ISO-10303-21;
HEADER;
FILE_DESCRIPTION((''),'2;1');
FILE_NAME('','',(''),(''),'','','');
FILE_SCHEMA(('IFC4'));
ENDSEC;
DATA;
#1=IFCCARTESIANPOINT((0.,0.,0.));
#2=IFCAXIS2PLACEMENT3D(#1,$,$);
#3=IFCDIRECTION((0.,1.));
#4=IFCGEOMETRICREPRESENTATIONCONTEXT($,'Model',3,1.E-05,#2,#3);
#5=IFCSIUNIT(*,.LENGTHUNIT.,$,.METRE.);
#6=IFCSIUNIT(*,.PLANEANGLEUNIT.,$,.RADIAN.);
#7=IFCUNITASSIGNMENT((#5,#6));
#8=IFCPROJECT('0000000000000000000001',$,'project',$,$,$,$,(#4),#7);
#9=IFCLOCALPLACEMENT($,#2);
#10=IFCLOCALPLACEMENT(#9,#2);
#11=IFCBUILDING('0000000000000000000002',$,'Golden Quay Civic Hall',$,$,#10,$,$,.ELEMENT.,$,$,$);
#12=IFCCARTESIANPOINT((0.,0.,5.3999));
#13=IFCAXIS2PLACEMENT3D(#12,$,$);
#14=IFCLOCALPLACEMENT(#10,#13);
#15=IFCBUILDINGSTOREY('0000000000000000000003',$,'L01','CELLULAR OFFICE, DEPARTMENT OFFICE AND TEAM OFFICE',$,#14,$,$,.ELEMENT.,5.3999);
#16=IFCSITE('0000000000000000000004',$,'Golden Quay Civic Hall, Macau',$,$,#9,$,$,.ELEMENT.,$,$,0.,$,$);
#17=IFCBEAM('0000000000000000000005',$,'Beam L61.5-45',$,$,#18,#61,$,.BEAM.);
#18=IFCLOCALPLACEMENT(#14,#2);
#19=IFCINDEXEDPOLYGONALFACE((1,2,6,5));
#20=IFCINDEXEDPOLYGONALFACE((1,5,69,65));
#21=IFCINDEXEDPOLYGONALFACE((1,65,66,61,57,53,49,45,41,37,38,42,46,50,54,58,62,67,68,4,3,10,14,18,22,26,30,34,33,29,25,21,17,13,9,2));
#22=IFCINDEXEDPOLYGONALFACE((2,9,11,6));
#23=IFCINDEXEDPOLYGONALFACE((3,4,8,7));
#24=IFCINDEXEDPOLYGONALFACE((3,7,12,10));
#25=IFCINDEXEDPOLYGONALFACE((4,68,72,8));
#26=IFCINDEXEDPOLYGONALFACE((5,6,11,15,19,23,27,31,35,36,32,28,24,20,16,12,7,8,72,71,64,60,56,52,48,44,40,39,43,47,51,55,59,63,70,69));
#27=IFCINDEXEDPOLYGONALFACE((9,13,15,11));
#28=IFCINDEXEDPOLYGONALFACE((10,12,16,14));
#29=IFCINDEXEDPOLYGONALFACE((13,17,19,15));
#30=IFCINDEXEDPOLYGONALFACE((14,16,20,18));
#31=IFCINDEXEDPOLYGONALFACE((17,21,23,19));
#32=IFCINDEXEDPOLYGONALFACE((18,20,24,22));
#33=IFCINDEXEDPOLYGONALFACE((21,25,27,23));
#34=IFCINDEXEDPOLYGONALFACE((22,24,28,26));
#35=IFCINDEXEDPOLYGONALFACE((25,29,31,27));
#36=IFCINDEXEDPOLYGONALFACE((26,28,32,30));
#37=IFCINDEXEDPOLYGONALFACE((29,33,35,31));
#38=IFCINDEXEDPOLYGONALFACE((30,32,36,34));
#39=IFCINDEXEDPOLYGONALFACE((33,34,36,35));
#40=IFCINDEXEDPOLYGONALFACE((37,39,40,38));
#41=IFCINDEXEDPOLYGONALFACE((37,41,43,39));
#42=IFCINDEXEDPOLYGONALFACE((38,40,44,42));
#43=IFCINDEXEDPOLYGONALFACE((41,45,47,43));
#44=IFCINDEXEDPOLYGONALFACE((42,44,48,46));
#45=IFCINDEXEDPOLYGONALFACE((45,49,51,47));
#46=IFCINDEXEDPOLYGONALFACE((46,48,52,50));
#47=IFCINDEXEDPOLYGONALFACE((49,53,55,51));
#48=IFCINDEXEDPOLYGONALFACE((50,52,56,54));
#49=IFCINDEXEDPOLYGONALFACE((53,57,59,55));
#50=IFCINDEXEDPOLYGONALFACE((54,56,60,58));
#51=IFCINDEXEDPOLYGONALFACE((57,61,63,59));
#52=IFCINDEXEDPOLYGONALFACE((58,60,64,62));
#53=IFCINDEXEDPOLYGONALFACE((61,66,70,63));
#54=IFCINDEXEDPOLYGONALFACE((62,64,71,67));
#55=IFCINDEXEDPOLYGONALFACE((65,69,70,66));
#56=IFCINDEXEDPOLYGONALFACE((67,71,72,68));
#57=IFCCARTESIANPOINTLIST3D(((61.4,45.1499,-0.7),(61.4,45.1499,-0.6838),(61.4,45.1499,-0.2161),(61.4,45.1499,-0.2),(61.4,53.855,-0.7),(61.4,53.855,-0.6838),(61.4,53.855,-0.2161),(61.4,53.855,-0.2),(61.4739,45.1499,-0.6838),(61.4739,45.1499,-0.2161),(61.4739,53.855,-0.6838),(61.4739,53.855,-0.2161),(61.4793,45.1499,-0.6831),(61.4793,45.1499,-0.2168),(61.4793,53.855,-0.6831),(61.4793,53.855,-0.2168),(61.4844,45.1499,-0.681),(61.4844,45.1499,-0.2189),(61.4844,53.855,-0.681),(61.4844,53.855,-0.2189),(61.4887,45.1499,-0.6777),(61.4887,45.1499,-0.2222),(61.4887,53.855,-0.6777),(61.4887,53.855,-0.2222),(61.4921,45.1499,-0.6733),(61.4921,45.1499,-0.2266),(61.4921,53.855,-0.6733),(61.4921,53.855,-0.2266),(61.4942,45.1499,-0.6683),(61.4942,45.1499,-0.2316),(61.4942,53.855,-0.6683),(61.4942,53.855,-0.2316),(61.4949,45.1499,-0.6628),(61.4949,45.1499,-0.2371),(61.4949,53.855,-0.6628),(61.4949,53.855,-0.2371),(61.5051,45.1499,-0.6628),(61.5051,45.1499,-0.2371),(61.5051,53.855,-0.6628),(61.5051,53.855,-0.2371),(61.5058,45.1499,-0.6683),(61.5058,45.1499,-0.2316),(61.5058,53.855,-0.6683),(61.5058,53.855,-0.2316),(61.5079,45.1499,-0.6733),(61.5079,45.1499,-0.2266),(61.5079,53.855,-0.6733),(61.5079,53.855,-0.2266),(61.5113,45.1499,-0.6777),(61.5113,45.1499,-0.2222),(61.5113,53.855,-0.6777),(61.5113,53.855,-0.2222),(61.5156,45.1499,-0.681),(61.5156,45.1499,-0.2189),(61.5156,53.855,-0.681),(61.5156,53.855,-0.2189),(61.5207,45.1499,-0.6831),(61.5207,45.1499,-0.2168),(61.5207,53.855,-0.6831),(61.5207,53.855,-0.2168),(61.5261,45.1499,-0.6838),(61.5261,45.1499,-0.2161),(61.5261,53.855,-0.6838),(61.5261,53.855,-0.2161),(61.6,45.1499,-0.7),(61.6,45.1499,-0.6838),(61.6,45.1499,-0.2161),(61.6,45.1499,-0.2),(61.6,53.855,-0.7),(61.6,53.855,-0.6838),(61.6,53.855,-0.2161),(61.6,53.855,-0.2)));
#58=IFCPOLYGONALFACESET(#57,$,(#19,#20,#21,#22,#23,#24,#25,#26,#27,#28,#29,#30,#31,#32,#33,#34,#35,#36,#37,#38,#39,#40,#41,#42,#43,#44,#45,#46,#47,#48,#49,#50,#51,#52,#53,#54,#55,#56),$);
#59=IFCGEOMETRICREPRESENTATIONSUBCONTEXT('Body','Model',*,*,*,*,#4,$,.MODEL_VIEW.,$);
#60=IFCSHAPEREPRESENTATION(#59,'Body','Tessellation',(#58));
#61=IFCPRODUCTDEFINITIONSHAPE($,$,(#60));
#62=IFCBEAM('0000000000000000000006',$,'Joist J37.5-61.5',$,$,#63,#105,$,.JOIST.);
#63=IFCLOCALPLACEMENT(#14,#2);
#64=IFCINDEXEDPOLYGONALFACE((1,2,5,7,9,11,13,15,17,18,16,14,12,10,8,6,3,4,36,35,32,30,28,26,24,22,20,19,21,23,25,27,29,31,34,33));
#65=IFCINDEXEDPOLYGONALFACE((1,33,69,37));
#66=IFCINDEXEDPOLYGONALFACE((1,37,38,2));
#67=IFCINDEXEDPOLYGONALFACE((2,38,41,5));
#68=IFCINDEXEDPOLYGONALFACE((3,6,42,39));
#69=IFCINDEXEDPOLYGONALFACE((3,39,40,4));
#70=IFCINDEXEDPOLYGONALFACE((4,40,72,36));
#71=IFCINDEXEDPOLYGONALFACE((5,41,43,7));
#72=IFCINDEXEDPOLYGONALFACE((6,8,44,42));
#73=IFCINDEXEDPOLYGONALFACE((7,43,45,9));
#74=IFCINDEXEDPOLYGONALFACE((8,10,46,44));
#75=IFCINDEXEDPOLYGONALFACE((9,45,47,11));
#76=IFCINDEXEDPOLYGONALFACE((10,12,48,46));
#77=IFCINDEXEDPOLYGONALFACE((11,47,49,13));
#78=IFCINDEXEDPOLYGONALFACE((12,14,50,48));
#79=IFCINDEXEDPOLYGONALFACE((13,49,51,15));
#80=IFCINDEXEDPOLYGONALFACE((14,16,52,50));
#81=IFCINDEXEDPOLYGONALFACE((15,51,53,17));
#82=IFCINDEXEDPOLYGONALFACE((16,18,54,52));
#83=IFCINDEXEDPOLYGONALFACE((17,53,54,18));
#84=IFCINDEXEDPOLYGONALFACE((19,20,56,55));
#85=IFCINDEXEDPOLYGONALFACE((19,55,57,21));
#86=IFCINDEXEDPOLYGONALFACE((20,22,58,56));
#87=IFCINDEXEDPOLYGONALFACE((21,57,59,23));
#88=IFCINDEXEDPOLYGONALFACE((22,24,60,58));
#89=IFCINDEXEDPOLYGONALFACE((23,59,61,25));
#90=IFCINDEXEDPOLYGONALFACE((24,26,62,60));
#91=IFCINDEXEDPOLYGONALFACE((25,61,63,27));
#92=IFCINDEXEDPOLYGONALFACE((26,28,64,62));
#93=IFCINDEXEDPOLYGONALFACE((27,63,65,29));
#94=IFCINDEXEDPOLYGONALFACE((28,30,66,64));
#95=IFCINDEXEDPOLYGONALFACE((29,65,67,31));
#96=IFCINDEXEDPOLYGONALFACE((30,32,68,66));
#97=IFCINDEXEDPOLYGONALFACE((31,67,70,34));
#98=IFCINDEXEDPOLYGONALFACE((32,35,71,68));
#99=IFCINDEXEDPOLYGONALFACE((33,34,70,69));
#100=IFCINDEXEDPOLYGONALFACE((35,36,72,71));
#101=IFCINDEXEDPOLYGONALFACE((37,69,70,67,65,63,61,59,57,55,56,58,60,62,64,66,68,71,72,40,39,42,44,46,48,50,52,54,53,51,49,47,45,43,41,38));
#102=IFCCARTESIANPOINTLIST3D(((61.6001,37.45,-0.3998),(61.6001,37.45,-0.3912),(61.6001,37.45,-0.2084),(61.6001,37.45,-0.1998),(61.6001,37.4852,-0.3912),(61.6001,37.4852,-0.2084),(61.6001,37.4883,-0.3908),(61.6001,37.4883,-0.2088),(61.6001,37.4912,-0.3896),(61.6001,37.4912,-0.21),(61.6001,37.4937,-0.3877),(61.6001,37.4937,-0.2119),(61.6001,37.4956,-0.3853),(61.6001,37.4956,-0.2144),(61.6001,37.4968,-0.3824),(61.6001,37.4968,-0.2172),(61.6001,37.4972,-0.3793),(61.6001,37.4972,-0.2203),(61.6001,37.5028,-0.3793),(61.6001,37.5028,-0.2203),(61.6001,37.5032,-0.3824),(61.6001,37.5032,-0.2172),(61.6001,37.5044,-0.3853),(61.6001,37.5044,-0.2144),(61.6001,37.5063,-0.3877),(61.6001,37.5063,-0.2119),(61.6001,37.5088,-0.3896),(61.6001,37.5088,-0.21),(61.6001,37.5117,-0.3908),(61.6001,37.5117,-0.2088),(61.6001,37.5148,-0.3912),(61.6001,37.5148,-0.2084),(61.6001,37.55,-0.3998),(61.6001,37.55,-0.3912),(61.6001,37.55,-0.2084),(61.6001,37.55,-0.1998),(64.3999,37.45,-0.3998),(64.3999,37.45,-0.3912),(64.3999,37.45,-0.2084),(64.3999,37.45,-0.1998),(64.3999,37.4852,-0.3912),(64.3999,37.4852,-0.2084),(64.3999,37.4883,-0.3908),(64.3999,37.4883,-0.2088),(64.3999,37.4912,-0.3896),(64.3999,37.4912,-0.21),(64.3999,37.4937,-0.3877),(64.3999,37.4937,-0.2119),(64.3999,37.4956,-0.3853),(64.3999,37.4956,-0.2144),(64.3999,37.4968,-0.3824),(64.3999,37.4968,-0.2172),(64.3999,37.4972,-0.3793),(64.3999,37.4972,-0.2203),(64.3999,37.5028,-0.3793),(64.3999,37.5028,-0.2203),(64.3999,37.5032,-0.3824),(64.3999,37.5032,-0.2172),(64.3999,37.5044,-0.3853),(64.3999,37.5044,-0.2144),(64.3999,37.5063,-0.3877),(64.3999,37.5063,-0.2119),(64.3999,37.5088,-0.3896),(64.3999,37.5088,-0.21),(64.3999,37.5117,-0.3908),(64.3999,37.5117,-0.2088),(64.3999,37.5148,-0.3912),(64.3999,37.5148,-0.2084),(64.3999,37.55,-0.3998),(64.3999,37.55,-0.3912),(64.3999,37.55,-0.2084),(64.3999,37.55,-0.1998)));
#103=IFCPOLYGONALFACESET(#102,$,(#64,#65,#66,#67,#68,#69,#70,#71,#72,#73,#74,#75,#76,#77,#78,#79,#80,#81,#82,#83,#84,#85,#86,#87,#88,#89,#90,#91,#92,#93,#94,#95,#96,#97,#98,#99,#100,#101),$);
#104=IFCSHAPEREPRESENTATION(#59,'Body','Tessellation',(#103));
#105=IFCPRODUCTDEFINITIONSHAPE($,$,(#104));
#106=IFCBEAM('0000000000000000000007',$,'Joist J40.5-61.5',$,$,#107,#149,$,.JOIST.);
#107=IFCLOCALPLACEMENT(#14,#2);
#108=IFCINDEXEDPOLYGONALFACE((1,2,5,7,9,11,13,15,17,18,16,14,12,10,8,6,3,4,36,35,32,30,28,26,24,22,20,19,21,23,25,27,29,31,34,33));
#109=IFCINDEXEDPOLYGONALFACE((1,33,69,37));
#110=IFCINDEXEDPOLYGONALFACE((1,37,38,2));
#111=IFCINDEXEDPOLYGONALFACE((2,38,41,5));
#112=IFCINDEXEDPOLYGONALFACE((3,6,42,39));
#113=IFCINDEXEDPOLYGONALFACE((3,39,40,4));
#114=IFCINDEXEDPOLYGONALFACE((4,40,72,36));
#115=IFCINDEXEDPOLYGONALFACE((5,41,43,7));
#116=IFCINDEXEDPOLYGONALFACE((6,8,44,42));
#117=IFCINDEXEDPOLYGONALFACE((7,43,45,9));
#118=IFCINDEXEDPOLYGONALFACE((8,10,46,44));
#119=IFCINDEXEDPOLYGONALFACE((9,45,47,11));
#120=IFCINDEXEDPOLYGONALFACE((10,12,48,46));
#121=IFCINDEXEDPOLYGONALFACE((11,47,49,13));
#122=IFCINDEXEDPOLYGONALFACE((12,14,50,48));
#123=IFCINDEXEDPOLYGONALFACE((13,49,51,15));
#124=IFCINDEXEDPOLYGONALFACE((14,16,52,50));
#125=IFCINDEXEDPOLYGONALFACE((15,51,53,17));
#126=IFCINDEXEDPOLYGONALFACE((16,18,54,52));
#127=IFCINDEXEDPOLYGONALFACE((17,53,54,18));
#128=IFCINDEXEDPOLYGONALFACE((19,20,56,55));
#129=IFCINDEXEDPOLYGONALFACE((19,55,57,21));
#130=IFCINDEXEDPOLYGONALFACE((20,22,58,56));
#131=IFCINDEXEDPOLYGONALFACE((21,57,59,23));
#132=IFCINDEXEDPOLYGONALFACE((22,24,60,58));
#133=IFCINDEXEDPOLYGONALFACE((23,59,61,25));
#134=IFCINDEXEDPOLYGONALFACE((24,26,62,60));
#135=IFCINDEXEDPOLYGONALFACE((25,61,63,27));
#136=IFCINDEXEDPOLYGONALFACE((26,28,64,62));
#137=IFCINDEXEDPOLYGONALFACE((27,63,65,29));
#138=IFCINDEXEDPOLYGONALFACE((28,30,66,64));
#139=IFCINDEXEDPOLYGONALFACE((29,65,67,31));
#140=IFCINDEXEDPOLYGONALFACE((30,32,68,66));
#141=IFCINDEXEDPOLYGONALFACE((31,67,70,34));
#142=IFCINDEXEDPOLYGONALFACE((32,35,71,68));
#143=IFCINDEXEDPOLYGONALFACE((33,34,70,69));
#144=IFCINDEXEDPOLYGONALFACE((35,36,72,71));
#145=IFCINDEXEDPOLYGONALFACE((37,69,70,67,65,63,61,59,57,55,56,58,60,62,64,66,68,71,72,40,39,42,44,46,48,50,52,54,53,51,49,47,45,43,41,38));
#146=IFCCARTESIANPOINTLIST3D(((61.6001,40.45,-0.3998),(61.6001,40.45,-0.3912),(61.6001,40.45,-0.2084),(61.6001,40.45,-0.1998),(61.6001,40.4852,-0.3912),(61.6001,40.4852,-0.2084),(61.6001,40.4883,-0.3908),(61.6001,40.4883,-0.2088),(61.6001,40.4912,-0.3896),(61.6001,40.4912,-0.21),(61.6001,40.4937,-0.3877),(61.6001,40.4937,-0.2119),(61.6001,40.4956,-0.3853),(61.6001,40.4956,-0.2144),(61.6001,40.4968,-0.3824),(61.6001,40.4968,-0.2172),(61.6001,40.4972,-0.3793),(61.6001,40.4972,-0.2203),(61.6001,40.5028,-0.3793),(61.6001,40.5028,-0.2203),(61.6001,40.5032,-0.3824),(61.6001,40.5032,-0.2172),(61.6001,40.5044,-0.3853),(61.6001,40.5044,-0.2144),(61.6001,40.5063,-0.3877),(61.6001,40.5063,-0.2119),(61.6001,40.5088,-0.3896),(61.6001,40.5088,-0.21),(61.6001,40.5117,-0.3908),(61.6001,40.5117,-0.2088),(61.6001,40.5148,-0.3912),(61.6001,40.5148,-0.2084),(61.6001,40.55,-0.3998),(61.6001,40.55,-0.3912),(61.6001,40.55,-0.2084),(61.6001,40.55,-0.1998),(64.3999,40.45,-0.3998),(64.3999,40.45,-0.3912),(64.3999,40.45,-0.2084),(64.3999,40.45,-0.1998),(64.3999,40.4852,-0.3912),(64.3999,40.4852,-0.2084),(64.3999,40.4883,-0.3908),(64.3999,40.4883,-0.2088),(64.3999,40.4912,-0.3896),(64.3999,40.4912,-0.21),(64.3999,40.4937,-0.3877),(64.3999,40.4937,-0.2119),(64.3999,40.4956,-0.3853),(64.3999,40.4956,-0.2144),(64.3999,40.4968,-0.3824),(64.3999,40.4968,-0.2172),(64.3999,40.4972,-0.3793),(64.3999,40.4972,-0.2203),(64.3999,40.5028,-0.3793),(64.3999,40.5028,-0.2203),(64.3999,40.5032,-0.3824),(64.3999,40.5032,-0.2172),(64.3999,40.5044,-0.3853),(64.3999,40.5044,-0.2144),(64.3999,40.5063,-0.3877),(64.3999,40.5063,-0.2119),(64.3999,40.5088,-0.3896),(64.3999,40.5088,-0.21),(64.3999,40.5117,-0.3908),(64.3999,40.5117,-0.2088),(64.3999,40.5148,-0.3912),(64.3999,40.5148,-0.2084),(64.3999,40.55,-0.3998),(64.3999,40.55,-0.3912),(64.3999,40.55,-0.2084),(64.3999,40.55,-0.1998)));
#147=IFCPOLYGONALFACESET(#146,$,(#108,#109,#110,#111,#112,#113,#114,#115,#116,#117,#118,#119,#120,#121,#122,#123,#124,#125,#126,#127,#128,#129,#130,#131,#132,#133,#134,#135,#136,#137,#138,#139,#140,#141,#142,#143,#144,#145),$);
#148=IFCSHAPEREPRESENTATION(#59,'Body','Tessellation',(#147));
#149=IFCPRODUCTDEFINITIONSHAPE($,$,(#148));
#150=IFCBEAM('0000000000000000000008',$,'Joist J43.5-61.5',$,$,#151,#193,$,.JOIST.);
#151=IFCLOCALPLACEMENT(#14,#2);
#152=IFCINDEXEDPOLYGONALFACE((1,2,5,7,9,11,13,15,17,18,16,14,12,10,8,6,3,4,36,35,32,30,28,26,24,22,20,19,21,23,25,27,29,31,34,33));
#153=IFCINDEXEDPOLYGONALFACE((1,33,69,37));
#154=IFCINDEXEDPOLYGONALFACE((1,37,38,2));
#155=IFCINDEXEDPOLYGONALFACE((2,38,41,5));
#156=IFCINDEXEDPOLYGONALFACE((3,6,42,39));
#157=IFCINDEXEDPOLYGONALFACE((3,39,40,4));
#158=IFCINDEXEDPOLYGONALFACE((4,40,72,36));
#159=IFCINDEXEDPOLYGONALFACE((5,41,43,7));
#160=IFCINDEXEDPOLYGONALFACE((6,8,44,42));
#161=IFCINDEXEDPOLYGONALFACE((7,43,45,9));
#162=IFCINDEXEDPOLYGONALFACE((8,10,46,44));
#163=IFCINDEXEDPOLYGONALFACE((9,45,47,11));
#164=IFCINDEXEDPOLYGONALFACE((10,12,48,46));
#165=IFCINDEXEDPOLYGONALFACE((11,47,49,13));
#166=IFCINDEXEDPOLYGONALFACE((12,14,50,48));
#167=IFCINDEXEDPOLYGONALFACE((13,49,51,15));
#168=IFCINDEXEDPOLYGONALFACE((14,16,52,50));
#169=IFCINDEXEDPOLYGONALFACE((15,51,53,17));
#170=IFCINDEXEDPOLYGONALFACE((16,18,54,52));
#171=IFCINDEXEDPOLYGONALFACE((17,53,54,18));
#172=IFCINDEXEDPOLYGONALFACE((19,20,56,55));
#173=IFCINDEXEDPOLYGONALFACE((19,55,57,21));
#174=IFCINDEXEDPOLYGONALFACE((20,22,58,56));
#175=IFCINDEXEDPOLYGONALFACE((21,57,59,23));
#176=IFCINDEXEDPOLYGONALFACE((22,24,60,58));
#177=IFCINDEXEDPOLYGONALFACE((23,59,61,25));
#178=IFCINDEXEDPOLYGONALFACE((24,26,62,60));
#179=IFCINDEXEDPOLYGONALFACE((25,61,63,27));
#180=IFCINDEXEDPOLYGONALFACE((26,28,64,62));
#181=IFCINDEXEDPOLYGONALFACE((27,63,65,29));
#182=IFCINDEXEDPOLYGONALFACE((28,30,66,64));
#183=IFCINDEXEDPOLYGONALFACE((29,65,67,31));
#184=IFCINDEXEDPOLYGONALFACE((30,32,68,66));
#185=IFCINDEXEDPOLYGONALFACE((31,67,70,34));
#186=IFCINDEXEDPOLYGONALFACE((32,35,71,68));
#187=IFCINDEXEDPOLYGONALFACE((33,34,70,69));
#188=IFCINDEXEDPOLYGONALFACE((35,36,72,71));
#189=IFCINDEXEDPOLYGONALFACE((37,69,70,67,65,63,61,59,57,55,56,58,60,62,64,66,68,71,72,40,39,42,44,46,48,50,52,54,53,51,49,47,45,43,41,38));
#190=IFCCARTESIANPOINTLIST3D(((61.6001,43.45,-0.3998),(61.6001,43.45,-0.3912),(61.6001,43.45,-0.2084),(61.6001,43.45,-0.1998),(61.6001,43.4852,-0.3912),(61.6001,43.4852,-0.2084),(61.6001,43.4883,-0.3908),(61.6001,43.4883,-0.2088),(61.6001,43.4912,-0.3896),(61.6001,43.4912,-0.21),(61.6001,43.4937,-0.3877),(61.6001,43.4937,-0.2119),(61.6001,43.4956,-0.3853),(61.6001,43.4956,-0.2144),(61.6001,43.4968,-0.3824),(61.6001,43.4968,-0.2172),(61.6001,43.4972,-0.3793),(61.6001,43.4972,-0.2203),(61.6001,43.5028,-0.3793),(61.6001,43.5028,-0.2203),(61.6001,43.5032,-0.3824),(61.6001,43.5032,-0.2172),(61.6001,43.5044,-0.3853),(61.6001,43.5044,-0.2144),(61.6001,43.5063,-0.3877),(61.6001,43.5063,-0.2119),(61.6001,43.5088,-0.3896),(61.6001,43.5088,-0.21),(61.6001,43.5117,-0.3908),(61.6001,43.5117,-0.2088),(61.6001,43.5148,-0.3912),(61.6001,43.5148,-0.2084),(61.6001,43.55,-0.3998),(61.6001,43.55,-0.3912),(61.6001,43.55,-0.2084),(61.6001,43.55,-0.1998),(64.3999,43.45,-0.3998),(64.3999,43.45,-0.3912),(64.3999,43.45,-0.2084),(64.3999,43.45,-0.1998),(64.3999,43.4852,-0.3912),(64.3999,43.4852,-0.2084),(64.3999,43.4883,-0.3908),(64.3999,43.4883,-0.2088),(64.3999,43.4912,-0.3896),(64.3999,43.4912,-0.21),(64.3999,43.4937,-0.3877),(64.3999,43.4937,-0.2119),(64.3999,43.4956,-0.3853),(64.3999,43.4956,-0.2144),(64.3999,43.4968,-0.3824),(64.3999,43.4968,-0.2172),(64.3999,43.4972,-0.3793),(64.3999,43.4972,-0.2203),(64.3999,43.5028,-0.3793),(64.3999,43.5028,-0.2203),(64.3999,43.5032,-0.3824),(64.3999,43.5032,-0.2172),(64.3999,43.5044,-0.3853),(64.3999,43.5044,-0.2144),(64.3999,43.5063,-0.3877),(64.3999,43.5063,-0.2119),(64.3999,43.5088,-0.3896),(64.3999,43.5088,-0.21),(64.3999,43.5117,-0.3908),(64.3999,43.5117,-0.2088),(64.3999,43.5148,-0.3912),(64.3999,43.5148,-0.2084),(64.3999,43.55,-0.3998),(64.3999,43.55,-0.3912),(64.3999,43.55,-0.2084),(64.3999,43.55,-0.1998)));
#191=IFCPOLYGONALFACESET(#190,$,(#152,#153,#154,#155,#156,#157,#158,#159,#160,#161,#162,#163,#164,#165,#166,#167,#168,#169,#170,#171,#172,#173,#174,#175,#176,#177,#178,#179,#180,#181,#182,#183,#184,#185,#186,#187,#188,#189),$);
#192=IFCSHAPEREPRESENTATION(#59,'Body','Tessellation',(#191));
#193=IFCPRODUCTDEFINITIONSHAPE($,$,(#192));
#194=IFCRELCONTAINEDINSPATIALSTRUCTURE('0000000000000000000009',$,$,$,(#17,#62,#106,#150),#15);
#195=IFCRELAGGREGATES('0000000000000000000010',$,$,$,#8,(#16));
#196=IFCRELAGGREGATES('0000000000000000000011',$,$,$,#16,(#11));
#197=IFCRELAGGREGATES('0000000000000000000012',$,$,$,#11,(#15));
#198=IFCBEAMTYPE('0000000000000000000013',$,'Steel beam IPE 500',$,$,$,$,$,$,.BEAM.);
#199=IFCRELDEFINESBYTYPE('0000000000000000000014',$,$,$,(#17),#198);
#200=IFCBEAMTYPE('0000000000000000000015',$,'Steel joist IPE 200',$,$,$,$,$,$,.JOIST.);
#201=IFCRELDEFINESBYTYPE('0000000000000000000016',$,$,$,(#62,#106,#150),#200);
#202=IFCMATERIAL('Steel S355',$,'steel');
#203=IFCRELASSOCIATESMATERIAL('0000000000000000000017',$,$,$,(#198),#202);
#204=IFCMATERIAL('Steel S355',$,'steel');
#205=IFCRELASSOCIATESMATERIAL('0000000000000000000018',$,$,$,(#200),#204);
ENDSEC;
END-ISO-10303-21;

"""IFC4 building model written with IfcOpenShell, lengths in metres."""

from ifc_helpers import new_model, si_unit, direction, frame, origin, origin_2d, place, context, subcontext, project, spatial, i_section, extrude, material, material_profile, profile_set, type_object, element, save


model = new_model("IFC4")

# Units and contexts
model_context = context("Model", 3, precision=1e-05, world=origin(), true_north=direction((0.0, 1.0)))
body_context = subcontext(model_context, "Body", "Model", "MODEL_VIEW")
ifc_project = project(units=[si_unit("LENGTHUNIT", "METRE"), si_unit("PLANEANGLEUNIT", "RADIAN")], contexts=[model_context])

# Site, building, storey
site_placement = place(None, origin())
site = spatial("IfcSite", under=ifc_project, at=site_placement, Name="Golden Quay Civic Hall, Macau", CompositionType="ELEMENT", RefElevation=0.0)
building_placement = place(site_placement, origin())
building = spatial("IfcBuilding", under=site, at=building_placement, Name="Golden Quay Civic Hall", CompositionType="ELEMENT")
storey_placement = place(building_placement, frame((0.0, 0.0, 5.3999)))
storey = spatial("IfcBuildingStorey", under=building, at=storey_placement, Name="L01", Description="CELLULAR OFFICE, DEPARTMENT OFFICE AND TEAM OFFICE", CompositionType="ELEMENT", Elevation=5.3999)

# Beams
ifc_material_1 = material(Name="Steel S355", Category="steel")
ifc_material_profile_1 = material_profile(ifc_material_1, i_section(OverallWidth=0.2, OverallDepth=0.5, WebThickness=0.0103, FlangeThickness=0.0161, FilletRadius=0.021, at=origin_2d()), Name="IPE 500")
ifc_profile_set_1 = profile_set([ifc_material_profile_1], Name="Steel S355")
beam_type_1 = type_object("IfcBeamType", Name="Steel beam IPE 500", PredefinedType="BEAM", material=ifc_profile_set_1)
beam_1_placement = place(storey_placement, frame((61.5, 45.1499, -0.45), z_axis=(0.0, 1.0, 0.0), x_axis=(-1.0, 0.0, 0.0)))
element("IfcBeam", 1, at=beam_1_placement, inside=storey, type_object=beam_type_1, Name="Beam L61.5-45", PredefinedType="BEAM", context=body_context, shape_type="SweptSolid", body=[
    extrude(i_section(OverallWidth=0.2, OverallDepth=0.5, WebThickness=0.0103, FlangeThickness=0.0161, FilletRadius=0.021, at=origin_2d()), origin(), (0.0, 0.0, 1.0), 8.7051),
])
ifc_material_2 = material(Name="Steel S355", Category="steel")
ifc_material_profile_2 = material_profile(ifc_material_2, i_section(OverallWidth=0.1001, OverallDepth=0.2, WebThickness=0.0056, FlangeThickness=0.0085, FilletRadius=0.012, at=origin_2d()), Name="IPE 200")
ifc_profile_set_2 = profile_set([ifc_material_profile_2], Name="Steel S355")
beam_type_2 = type_object("IfcBeamType", Name="Steel joist IPE 200", PredefinedType="JOIST", material=ifc_profile_set_2)
for number, where, z_axis, x_axis, name in (
    (2, (61.6001, 37.5, -0.2998), (1.0, 0.0, 0.0), (0.0, 1.0, 0.0), "Joist J37.5-61.5"),
    (3, (61.6001, 40.5, -0.2998), (1.0, 0.0, 0.0), (0.0, 1.0, 0.0), "Joist J40.5-61.5"),
    (4, (61.6001, 43.5, -0.2998), (1.0, 0.0, 0.0), (0.0, 1.0, 0.0), "Joist J43.5-61.5"),
):
    element("IfcBeam", number, at=place(storey_placement, frame(where, z_axis=z_axis, x_axis=x_axis)), inside=storey, type_object=beam_type_2, Name=name, PredefinedType="JOIST", context=body_context, shape_type="SweptSolid", body=[
        extrude(i_section(OverallWidth=0.1001, OverallDepth=0.2, WebThickness=0.0056, FlangeThickness=0.0085, FilletRadius=0.012, at=origin_2d()), origin(), (0.0, 0.0, 1.0), 2.7998),
    ])

save(model, "model.ifc")
